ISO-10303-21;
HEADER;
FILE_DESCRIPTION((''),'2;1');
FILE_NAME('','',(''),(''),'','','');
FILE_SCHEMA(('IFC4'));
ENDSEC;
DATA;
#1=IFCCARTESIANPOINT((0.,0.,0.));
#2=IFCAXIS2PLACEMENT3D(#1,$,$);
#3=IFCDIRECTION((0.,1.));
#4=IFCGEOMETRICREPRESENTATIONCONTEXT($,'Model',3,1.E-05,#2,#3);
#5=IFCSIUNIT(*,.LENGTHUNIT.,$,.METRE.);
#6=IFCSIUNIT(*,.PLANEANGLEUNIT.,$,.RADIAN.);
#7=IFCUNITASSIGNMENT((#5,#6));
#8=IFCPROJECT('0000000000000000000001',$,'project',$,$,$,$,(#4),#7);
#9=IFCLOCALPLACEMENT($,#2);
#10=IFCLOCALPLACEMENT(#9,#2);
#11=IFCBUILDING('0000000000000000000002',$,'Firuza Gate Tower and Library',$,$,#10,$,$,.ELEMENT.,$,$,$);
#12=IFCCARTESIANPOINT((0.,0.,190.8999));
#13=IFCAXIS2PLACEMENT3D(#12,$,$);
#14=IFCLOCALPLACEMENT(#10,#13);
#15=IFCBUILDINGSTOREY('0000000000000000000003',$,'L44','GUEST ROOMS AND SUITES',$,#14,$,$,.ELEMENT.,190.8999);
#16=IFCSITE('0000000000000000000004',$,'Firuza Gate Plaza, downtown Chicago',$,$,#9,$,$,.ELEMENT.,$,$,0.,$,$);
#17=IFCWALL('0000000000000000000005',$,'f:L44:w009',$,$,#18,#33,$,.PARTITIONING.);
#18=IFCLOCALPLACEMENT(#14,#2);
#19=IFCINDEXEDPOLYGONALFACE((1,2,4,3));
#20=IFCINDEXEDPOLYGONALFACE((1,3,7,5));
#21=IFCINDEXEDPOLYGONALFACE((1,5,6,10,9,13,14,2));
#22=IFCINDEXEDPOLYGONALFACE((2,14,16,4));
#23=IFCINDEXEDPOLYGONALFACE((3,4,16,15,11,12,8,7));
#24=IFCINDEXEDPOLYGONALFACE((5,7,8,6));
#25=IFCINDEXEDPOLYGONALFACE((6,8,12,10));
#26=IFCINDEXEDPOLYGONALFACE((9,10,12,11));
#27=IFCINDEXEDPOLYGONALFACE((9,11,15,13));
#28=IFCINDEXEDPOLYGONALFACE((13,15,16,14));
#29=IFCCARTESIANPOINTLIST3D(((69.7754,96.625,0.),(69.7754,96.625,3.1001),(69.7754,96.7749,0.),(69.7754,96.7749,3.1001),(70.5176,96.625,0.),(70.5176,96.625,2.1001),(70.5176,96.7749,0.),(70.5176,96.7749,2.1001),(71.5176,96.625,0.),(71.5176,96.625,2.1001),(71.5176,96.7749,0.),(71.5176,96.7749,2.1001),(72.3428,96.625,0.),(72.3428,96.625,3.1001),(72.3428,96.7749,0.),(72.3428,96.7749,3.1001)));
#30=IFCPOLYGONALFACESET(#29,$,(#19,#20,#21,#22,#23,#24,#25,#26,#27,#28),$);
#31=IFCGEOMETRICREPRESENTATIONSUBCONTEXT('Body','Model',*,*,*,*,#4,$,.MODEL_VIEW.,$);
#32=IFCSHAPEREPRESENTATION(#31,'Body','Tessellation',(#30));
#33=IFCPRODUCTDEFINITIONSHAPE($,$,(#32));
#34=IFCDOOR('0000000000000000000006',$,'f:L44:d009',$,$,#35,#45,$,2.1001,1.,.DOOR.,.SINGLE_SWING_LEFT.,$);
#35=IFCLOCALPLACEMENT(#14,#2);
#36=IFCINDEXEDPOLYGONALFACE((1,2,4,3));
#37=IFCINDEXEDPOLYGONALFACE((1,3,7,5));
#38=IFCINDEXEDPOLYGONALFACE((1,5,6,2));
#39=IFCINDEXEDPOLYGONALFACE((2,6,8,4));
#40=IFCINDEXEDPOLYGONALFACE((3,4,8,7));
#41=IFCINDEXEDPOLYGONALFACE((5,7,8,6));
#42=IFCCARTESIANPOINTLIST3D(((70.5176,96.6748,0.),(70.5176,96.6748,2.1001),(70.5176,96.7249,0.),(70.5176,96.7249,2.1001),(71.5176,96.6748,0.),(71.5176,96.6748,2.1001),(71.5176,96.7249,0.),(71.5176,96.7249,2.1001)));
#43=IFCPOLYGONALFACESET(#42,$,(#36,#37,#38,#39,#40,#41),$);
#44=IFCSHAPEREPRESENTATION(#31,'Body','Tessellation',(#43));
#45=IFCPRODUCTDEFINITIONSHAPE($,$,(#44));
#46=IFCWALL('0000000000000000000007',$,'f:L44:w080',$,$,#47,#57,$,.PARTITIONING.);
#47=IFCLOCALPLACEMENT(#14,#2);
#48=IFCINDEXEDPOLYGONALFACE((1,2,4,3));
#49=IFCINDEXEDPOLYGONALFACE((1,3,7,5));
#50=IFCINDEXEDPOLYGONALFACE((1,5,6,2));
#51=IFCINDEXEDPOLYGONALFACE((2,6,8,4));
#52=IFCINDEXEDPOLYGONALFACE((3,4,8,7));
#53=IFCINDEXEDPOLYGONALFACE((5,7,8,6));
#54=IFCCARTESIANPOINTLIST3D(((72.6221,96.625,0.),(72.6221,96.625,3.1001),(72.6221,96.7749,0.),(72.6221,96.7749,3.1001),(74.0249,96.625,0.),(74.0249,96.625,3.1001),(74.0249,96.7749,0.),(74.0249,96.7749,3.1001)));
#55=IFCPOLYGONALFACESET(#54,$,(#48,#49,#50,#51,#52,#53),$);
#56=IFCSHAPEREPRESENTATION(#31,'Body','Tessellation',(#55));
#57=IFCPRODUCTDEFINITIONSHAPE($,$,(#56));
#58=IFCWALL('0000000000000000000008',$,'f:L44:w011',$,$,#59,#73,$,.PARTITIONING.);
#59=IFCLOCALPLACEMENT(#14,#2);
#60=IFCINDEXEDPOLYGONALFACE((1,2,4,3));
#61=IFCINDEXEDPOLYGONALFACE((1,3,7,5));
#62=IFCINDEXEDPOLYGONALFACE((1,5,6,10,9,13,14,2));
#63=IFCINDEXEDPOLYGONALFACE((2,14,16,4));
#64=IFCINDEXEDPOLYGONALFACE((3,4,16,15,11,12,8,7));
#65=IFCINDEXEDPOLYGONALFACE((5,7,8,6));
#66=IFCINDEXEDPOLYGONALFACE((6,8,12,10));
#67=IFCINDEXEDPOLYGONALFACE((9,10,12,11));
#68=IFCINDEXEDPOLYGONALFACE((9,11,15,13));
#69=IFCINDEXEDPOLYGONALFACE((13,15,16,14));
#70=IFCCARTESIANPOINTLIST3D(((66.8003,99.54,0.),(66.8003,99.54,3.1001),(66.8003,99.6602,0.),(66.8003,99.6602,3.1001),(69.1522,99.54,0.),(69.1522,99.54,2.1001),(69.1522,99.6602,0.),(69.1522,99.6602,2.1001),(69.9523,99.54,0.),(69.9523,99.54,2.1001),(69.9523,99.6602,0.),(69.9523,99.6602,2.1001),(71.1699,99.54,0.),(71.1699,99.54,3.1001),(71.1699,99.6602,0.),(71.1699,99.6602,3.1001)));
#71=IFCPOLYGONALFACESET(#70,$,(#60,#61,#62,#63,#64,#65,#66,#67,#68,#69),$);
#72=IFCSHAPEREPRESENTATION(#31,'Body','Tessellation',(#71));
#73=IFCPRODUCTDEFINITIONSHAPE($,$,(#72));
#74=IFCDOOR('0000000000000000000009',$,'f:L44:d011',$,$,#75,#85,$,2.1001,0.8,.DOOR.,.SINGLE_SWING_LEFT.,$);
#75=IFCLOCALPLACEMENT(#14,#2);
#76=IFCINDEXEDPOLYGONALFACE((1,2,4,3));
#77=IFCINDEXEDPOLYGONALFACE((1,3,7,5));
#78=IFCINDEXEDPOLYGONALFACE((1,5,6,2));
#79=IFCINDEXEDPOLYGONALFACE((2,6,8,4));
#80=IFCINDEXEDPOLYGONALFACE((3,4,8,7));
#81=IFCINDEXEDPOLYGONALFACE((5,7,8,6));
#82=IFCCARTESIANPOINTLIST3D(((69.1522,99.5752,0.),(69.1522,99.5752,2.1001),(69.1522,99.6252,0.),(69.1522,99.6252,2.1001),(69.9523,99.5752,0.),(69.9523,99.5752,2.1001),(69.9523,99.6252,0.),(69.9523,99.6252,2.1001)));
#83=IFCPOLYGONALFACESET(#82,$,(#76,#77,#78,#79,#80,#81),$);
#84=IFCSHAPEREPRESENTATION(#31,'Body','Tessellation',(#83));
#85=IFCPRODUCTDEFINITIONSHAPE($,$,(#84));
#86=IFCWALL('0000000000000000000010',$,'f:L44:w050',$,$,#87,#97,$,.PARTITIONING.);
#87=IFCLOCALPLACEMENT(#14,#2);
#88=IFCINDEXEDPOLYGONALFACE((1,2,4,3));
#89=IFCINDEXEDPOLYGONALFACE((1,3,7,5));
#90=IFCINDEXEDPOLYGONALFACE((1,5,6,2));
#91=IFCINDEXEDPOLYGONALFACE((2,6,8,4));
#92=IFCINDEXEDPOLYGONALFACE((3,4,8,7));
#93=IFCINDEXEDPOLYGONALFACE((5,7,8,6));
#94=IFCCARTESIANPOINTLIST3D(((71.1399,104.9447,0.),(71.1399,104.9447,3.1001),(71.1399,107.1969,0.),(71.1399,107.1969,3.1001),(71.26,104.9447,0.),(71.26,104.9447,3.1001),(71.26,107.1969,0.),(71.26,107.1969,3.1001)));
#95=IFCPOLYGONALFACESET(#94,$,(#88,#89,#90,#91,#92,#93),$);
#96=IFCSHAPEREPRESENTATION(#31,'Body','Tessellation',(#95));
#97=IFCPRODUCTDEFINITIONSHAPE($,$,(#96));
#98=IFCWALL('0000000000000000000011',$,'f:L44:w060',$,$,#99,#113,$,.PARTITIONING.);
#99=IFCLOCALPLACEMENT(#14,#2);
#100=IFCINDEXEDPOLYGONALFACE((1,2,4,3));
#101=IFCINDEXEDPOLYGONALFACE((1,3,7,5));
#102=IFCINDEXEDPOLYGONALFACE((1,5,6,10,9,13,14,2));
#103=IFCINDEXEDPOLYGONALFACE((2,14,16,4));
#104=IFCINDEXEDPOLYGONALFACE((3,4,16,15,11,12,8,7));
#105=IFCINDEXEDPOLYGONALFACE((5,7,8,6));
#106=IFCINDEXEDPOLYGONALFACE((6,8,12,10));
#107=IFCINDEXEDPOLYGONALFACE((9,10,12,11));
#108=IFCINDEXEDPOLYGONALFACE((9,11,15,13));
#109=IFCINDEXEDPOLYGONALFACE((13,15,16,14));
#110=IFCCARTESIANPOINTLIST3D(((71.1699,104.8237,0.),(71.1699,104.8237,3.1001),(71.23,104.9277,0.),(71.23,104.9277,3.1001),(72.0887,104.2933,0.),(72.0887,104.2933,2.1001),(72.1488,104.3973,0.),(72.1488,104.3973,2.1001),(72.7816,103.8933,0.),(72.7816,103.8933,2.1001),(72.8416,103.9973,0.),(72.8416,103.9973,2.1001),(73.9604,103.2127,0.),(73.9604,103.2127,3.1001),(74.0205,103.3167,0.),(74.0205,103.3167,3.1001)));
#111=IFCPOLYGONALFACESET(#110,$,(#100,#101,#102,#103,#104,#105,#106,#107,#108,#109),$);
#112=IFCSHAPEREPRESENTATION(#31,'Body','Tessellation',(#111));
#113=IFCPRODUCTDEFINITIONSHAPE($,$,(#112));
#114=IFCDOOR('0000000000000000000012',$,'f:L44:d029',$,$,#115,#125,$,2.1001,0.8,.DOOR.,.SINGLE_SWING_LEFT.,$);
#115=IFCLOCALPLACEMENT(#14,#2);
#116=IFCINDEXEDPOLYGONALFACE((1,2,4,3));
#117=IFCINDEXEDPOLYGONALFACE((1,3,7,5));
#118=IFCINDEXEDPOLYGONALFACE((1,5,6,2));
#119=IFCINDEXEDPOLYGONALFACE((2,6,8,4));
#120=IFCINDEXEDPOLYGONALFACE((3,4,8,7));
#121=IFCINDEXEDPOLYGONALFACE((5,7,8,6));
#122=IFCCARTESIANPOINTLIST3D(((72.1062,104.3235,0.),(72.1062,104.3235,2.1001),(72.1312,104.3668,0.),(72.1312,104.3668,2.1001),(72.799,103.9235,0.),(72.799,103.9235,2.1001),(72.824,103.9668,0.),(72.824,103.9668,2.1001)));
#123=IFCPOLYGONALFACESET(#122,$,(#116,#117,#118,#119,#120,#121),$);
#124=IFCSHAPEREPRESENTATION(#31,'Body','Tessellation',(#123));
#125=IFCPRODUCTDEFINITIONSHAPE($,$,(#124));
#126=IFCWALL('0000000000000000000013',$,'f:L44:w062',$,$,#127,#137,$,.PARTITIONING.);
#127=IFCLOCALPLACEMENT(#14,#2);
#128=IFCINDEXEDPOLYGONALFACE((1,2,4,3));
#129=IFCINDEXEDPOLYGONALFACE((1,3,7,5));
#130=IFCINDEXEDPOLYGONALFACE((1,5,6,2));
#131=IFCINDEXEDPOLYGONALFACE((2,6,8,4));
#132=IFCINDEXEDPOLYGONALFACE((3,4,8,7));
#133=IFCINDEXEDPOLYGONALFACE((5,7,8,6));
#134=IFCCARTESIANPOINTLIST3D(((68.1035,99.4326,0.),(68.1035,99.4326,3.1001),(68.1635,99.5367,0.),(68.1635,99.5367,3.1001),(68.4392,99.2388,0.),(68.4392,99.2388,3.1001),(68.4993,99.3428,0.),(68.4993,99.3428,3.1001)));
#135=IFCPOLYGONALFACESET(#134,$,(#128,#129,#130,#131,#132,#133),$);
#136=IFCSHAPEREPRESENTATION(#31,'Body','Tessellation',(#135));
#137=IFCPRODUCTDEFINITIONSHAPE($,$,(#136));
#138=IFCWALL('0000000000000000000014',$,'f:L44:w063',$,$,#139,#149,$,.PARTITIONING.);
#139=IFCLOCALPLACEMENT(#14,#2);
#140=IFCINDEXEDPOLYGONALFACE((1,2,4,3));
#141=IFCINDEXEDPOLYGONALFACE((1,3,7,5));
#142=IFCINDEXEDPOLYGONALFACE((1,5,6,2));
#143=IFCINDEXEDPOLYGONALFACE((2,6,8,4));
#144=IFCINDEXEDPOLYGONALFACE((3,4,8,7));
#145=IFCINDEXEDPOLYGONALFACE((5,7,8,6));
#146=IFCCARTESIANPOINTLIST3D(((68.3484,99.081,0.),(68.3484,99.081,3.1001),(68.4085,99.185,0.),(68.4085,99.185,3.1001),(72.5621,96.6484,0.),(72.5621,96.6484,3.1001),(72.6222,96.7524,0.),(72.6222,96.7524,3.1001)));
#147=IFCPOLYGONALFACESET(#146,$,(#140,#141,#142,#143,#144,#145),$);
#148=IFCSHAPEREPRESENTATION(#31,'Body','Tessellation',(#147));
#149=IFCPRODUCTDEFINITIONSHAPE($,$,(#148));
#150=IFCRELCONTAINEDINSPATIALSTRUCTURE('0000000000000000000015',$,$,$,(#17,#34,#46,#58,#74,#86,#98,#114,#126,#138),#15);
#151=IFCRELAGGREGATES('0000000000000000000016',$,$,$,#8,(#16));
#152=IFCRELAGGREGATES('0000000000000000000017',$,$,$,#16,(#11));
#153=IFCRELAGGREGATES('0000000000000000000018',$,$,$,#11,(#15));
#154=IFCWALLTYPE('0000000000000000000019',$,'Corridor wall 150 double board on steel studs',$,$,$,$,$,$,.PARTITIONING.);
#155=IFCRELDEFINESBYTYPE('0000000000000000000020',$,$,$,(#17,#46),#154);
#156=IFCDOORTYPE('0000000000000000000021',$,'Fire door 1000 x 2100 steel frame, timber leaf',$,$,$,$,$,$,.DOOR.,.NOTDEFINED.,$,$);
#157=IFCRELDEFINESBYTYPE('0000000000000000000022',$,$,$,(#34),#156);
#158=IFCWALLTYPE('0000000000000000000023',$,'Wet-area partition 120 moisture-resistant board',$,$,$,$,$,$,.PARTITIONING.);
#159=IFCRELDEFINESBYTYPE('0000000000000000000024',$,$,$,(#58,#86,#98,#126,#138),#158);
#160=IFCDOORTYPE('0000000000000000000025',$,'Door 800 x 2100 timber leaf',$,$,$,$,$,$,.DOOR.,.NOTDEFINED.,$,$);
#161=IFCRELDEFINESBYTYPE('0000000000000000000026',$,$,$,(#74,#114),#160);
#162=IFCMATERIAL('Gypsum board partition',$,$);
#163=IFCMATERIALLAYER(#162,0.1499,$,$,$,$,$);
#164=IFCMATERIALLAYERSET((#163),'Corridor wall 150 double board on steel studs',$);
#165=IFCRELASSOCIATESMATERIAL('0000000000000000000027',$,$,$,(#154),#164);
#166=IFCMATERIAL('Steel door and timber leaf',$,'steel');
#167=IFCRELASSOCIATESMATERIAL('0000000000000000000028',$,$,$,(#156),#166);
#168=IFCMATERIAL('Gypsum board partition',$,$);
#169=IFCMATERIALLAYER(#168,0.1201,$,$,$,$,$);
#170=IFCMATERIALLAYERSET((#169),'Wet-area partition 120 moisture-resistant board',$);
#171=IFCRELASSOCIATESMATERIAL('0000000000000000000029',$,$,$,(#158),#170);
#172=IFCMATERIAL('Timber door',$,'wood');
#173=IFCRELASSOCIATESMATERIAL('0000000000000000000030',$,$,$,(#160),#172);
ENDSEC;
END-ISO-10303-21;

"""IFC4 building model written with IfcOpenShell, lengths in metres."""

from ifc_helpers import new_model, si_unit, direction, frame, frame_2d, origin, place, context, subcontext, project, spatial, rectangle, extrude, material, layer, layer_set, type_object, element, fill, save


model = new_model("IFC4")

# Units and contexts
model_context = context("Model", 3, precision=1e-05, world=origin(), true_north=direction((0.0, 1.0)))
body_context = subcontext(model_context, "Body", "Model", "MODEL_VIEW")
ifc_project = project(units=[si_unit("LENGTHUNIT", "METRE"), si_unit("PLANEANGLEUNIT", "RADIAN")], contexts=[model_context])

# Site, building, storey
site_placement = place(None, origin())
site = spatial("IfcSite", under=ifc_project, at=site_placement, Name="Firuza Gate Plaza, downtown Chicago", CompositionType="ELEMENT", RefElevation=0.0)
building_placement = place(site_placement, origin())
building = spatial("IfcBuilding", under=site, at=building_placement, Name="Firuza Gate Tower and Library", CompositionType="ELEMENT")
storey_placement = place(building_placement, frame((0.0, 0.0, 190.8999)))
storey = spatial("IfcBuildingStorey", under=building, at=storey_placement, Name="L44", Description="GUEST ROOMS AND SUITES", CompositionType="ELEMENT", Elevation=190.8999)

# Wall, opening, door
ifc_material_1 = material(Name="Gypsum board partition")
ifc_layer_1 = layer(ifc_material_1, 0.1499)
ifc_layer_set_1 = layer_set([ifc_layer_1], Name="Corridor wall 150 double board on steel studs")
wall_type_1 = type_object("IfcWallType", Name="Corridor wall 150 double board on steel studs", PredefinedType="PARTITIONING", material=ifc_layer_set_1)
wall_1_placement = place(storey_placement, frame((69.7754, 96.7, 0.0), z_axis=(0.0, 0.0, 1.0), x_axis=(1.0, 0.0, 0.0)))
wall_1 = element("IfcWall", 1, at=wall_1_placement, inside=storey, type_object=wall_type_1, Name="f:L44:w009", PredefinedType="PARTITIONING", context=body_context, shape_type="SweptSolid", body=[
    extrude(rectangle(XDim=2.5674, YDim=0.1499, at=frame_2d((1.2837, 0.0))), origin(), (0.0, 0.0, 1.0), 3.1001),
])
opening_1_placement = place(wall_1_placement, frame((0.7422, 0.0, 0.0)))
opening_1 = element("IfcOpeningElement", 2, at=opening_1_placement, cuts=wall_1, PredefinedType="OPENING", context=body_context, shape_type="SweptSolid", body=[
    extrude(rectangle(XDim=1.0, YDim=2.1001, at=frame_2d((0.5, 1.05))), frame((0.0, 0.085, 0.0), z_axis=(0.0, -1.0, 0.0), x_axis=(1.0, 0.0, 0.0)), (0.0, 0.0, 1.0), 0.1699),
])
ifc_material_2 = material(Name="Steel door and timber leaf", Category="steel")
door_type_1 = type_object("IfcDoorType", Name="Fire door 1000 x 2100 steel frame, timber leaf", OperationType="NOTDEFINED", PredefinedType="DOOR", material=ifc_material_2)
door_1_placement = place(opening_1_placement, origin())
door_1 = element("IfcDoor", 3, at=door_1_placement, inside=storey, type_object=door_type_1, Name="f:L44:d009", OperationType="SINGLE_SWING_LEFT", OverallHeight=2.1001, OverallWidth=1.0, PredefinedType="DOOR", context=body_context, shape_type="SweptSolid", body=[
    extrude(rectangle(XDim=1.0, YDim=2.1001, at=frame_2d((0.5, 1.05))), frame((0.0, 0.0249, 0.0), z_axis=(0.0, -1.0, 0.0), x_axis=(1.0, 0.0, 0.0)), (0.0, 0.0, 1.0), 0.05),
])
fill(opening_1, door_1)

# Wall
wall_2_placement = place(storey_placement, frame((72.6221, 96.7, 0.0), z_axis=(0.0, 0.0, 1.0), x_axis=(1.0, 0.0, 0.0)))
element("IfcWall", 4, at=wall_2_placement, inside=storey, type_object=wall_type_1, Name="f:L44:w080", PredefinedType="PARTITIONING", context=body_context, shape_type="SweptSolid", body=[
    extrude(rectangle(XDim=1.4028, YDim=0.1499, at=frame_2d((0.7014, 0.0))), origin(), (0.0, 0.0, 1.0), 3.1001),
])

# Wall, opening, door
ifc_material_3 = material(Name="Gypsum board partition")
ifc_layer_2 = layer(ifc_material_3, 0.1201)
ifc_layer_set_2 = layer_set([ifc_layer_2], Name="Wet-area partition 120 moisture-resistant board")
wall_type_2 = type_object("IfcWallType", Name="Wet-area partition 120 moisture-resistant board", PredefinedType="PARTITIONING", material=ifc_layer_set_2)
wall_3_placement = place(storey_placement, frame((71.1699, 99.6001, 0.0), z_axis=(0.0, 0.0, 1.0), x_axis=(-1.0, 0.0, 0.0)))
wall_3 = element("IfcWall", 5, at=wall_3_placement, inside=storey, type_object=wall_type_2, Name="f:L44:w011", PredefinedType="PARTITIONING", context=body_context, shape_type="SweptSolid", body=[
    extrude(rectangle(XDim=4.3696, YDim=0.1201, at=frame_2d((2.1848, 0.0))), origin(), (0.0, 0.0, 1.0), 3.1001),
])
opening_2_placement = place(wall_3_placement, frame((1.2178, 0.0, 0.0)))
opening_2 = element("IfcOpeningElement", 6, at=opening_2_placement, cuts=wall_3, PredefinedType="OPENING", context=body_context, shape_type="SweptSolid", body=[
    extrude(rectangle(XDim=0.8, YDim=2.1001, at=frame_2d((0.3999, 1.05))), frame((0.0, 0.0701, 0.0), z_axis=(0.0, -1.0, 0.0), x_axis=(1.0, 0.0, 0.0)), (0.0, 0.0, 1.0), 0.1401),
])
ifc_material_4 = material(Name="Timber door", Category="wood")
door_type_2 = type_object("IfcDoorType", Name="Door 800 x 2100 timber leaf", OperationType="NOTDEFINED", PredefinedType="DOOR", material=ifc_material_4)
door_2_placement = place(opening_2_placement, origin())
door_2 = element("IfcDoor", 7, at=door_2_placement, inside=storey, type_object=door_type_2, Name="f:L44:d011", OperationType="SINGLE_SWING_LEFT", OverallHeight=2.1001, OverallWidth=0.8, PredefinedType="DOOR", context=body_context, shape_type="SweptSolid", body=[
    extrude(rectangle(XDim=0.8, YDim=2.1001, at=frame_2d((0.3999, 1.05))), frame((0.0, 0.0249, 0.0), z_axis=(0.0, -1.0, 0.0), x_axis=(1.0, 0.0, 0.0)), (0.0, 0.0, 1.0), 0.05),
])
fill(opening_2, door_2)

# Wall
wall_4_placement = place(storey_placement, frame((71.2, 104.9448, 0.0), z_axis=(0.0, 0.0, 1.0), x_axis=(0.0, 1.0, 0.0)))
element("IfcWall", 8, at=wall_4_placement, inside=storey, type_object=wall_type_2, Name="f:L44:w050", PredefinedType="PARTITIONING", context=body_context, shape_type="SweptSolid", body=[
    extrude(rectangle(XDim=2.2522, YDim=0.1201, at=frame_2d((1.126, 0.0))), origin(), (0.0, 0.0, 1.0), 3.1001),
])

# Wall, opening, door
wall_5_placement = place(storey_placement, frame((71.2, 104.8757, 0.0), z_axis=(0.0, 0.0, 1.0), x_axis=(0.866029, -0.499994, 0.0)))
wall_5 = element("IfcWall", 9, at=wall_5_placement, inside=storey, type_object=wall_type_2, Name="f:L44:w060", PredefinedType="PARTITIONING", context=body_context, shape_type="SweptSolid", body=[
    extrude(rectangle(XDim=3.2222, YDim=0.1201, at=frame_2d((1.6111, 0.0))), origin(), (0.0, 0.0, 1.0), 3.1001),
])
opening_3_placement = place(wall_5_placement, frame((1.061, 0.0, 0.0)))
opening_3 = element("IfcOpeningElement", 10, at=opening_3_placement, cuts=wall_5, PredefinedType="OPENING", context=body_context, shape_type="SweptSolid", body=[
    extrude(rectangle(XDim=0.8, YDim=2.1001, at=frame_2d((0.3999, 1.05))), frame((0.0, 0.0701, 0.0), z_axis=(0.0, -1.0, 0.0), x_axis=(1.0, 0.0, 0.0)), (0.0, 0.0, 1.0), 0.1401),
])
door_3_placement = place(opening_3_placement, origin())
door_3 = element("IfcDoor", 11, at=door_3_placement, inside=storey, type_object=door_type_2, Name="f:L44:d029", OperationType="SINGLE_SWING_LEFT", OverallHeight=2.1001, OverallWidth=0.8, PredefinedType="DOOR", context=body_context, shape_type="SweptSolid", body=[
    extrude(rectangle(XDim=0.8, YDim=2.1001, at=frame_2d((0.3999, 1.05))), frame((0.0, 0.0249, 0.0), z_axis=(0.0, -1.0, 0.0), x_axis=(1.0, 0.0, 0.0)), (0.0, 0.0, 1.0), 0.05),
])
fill(opening_3, door_3)

# Walls
wall_6_placement = place(storey_placement, frame((68.4692, 99.2908, 0.0), z_axis=(0.0, 0.0, 1.0), x_axis=(-0.865986, 0.500068, 0.0)))
element("IfcWall", 12, at=wall_6_placement, inside=storey, type_object=wall_type_2, Name="f:L44:w062", PredefinedType="PARTITIONING", context=body_context, shape_type="SweptSolid", body=[
    extrude(rectangle(XDim=0.3877, YDim=0.1201, at=frame_2d((0.1938, 0.0))), origin(), (0.0, 0.0, 1.0), 3.1001),
])
wall_7_placement = place(storey_placement, frame((72.592, 96.7004, 0.0), z_axis=(0.0, 0.0, 1.0), x_axis=(-0.866036, 0.499982, 0.0)))
element("IfcWall", 13, at=wall_7_placement, inside=storey, type_object=wall_type_2, Name="f:L44:w063", PredefinedType="PARTITIONING", context=body_context, shape_type="SweptSolid", body=[
    extrude(rectangle(XDim=4.8655, YDim=0.1201, at=frame_2d((2.4326, 0.0))), origin(), (0.0, 0.0, 1.0), 3.1001),
])

save(model, "model.ifc")
